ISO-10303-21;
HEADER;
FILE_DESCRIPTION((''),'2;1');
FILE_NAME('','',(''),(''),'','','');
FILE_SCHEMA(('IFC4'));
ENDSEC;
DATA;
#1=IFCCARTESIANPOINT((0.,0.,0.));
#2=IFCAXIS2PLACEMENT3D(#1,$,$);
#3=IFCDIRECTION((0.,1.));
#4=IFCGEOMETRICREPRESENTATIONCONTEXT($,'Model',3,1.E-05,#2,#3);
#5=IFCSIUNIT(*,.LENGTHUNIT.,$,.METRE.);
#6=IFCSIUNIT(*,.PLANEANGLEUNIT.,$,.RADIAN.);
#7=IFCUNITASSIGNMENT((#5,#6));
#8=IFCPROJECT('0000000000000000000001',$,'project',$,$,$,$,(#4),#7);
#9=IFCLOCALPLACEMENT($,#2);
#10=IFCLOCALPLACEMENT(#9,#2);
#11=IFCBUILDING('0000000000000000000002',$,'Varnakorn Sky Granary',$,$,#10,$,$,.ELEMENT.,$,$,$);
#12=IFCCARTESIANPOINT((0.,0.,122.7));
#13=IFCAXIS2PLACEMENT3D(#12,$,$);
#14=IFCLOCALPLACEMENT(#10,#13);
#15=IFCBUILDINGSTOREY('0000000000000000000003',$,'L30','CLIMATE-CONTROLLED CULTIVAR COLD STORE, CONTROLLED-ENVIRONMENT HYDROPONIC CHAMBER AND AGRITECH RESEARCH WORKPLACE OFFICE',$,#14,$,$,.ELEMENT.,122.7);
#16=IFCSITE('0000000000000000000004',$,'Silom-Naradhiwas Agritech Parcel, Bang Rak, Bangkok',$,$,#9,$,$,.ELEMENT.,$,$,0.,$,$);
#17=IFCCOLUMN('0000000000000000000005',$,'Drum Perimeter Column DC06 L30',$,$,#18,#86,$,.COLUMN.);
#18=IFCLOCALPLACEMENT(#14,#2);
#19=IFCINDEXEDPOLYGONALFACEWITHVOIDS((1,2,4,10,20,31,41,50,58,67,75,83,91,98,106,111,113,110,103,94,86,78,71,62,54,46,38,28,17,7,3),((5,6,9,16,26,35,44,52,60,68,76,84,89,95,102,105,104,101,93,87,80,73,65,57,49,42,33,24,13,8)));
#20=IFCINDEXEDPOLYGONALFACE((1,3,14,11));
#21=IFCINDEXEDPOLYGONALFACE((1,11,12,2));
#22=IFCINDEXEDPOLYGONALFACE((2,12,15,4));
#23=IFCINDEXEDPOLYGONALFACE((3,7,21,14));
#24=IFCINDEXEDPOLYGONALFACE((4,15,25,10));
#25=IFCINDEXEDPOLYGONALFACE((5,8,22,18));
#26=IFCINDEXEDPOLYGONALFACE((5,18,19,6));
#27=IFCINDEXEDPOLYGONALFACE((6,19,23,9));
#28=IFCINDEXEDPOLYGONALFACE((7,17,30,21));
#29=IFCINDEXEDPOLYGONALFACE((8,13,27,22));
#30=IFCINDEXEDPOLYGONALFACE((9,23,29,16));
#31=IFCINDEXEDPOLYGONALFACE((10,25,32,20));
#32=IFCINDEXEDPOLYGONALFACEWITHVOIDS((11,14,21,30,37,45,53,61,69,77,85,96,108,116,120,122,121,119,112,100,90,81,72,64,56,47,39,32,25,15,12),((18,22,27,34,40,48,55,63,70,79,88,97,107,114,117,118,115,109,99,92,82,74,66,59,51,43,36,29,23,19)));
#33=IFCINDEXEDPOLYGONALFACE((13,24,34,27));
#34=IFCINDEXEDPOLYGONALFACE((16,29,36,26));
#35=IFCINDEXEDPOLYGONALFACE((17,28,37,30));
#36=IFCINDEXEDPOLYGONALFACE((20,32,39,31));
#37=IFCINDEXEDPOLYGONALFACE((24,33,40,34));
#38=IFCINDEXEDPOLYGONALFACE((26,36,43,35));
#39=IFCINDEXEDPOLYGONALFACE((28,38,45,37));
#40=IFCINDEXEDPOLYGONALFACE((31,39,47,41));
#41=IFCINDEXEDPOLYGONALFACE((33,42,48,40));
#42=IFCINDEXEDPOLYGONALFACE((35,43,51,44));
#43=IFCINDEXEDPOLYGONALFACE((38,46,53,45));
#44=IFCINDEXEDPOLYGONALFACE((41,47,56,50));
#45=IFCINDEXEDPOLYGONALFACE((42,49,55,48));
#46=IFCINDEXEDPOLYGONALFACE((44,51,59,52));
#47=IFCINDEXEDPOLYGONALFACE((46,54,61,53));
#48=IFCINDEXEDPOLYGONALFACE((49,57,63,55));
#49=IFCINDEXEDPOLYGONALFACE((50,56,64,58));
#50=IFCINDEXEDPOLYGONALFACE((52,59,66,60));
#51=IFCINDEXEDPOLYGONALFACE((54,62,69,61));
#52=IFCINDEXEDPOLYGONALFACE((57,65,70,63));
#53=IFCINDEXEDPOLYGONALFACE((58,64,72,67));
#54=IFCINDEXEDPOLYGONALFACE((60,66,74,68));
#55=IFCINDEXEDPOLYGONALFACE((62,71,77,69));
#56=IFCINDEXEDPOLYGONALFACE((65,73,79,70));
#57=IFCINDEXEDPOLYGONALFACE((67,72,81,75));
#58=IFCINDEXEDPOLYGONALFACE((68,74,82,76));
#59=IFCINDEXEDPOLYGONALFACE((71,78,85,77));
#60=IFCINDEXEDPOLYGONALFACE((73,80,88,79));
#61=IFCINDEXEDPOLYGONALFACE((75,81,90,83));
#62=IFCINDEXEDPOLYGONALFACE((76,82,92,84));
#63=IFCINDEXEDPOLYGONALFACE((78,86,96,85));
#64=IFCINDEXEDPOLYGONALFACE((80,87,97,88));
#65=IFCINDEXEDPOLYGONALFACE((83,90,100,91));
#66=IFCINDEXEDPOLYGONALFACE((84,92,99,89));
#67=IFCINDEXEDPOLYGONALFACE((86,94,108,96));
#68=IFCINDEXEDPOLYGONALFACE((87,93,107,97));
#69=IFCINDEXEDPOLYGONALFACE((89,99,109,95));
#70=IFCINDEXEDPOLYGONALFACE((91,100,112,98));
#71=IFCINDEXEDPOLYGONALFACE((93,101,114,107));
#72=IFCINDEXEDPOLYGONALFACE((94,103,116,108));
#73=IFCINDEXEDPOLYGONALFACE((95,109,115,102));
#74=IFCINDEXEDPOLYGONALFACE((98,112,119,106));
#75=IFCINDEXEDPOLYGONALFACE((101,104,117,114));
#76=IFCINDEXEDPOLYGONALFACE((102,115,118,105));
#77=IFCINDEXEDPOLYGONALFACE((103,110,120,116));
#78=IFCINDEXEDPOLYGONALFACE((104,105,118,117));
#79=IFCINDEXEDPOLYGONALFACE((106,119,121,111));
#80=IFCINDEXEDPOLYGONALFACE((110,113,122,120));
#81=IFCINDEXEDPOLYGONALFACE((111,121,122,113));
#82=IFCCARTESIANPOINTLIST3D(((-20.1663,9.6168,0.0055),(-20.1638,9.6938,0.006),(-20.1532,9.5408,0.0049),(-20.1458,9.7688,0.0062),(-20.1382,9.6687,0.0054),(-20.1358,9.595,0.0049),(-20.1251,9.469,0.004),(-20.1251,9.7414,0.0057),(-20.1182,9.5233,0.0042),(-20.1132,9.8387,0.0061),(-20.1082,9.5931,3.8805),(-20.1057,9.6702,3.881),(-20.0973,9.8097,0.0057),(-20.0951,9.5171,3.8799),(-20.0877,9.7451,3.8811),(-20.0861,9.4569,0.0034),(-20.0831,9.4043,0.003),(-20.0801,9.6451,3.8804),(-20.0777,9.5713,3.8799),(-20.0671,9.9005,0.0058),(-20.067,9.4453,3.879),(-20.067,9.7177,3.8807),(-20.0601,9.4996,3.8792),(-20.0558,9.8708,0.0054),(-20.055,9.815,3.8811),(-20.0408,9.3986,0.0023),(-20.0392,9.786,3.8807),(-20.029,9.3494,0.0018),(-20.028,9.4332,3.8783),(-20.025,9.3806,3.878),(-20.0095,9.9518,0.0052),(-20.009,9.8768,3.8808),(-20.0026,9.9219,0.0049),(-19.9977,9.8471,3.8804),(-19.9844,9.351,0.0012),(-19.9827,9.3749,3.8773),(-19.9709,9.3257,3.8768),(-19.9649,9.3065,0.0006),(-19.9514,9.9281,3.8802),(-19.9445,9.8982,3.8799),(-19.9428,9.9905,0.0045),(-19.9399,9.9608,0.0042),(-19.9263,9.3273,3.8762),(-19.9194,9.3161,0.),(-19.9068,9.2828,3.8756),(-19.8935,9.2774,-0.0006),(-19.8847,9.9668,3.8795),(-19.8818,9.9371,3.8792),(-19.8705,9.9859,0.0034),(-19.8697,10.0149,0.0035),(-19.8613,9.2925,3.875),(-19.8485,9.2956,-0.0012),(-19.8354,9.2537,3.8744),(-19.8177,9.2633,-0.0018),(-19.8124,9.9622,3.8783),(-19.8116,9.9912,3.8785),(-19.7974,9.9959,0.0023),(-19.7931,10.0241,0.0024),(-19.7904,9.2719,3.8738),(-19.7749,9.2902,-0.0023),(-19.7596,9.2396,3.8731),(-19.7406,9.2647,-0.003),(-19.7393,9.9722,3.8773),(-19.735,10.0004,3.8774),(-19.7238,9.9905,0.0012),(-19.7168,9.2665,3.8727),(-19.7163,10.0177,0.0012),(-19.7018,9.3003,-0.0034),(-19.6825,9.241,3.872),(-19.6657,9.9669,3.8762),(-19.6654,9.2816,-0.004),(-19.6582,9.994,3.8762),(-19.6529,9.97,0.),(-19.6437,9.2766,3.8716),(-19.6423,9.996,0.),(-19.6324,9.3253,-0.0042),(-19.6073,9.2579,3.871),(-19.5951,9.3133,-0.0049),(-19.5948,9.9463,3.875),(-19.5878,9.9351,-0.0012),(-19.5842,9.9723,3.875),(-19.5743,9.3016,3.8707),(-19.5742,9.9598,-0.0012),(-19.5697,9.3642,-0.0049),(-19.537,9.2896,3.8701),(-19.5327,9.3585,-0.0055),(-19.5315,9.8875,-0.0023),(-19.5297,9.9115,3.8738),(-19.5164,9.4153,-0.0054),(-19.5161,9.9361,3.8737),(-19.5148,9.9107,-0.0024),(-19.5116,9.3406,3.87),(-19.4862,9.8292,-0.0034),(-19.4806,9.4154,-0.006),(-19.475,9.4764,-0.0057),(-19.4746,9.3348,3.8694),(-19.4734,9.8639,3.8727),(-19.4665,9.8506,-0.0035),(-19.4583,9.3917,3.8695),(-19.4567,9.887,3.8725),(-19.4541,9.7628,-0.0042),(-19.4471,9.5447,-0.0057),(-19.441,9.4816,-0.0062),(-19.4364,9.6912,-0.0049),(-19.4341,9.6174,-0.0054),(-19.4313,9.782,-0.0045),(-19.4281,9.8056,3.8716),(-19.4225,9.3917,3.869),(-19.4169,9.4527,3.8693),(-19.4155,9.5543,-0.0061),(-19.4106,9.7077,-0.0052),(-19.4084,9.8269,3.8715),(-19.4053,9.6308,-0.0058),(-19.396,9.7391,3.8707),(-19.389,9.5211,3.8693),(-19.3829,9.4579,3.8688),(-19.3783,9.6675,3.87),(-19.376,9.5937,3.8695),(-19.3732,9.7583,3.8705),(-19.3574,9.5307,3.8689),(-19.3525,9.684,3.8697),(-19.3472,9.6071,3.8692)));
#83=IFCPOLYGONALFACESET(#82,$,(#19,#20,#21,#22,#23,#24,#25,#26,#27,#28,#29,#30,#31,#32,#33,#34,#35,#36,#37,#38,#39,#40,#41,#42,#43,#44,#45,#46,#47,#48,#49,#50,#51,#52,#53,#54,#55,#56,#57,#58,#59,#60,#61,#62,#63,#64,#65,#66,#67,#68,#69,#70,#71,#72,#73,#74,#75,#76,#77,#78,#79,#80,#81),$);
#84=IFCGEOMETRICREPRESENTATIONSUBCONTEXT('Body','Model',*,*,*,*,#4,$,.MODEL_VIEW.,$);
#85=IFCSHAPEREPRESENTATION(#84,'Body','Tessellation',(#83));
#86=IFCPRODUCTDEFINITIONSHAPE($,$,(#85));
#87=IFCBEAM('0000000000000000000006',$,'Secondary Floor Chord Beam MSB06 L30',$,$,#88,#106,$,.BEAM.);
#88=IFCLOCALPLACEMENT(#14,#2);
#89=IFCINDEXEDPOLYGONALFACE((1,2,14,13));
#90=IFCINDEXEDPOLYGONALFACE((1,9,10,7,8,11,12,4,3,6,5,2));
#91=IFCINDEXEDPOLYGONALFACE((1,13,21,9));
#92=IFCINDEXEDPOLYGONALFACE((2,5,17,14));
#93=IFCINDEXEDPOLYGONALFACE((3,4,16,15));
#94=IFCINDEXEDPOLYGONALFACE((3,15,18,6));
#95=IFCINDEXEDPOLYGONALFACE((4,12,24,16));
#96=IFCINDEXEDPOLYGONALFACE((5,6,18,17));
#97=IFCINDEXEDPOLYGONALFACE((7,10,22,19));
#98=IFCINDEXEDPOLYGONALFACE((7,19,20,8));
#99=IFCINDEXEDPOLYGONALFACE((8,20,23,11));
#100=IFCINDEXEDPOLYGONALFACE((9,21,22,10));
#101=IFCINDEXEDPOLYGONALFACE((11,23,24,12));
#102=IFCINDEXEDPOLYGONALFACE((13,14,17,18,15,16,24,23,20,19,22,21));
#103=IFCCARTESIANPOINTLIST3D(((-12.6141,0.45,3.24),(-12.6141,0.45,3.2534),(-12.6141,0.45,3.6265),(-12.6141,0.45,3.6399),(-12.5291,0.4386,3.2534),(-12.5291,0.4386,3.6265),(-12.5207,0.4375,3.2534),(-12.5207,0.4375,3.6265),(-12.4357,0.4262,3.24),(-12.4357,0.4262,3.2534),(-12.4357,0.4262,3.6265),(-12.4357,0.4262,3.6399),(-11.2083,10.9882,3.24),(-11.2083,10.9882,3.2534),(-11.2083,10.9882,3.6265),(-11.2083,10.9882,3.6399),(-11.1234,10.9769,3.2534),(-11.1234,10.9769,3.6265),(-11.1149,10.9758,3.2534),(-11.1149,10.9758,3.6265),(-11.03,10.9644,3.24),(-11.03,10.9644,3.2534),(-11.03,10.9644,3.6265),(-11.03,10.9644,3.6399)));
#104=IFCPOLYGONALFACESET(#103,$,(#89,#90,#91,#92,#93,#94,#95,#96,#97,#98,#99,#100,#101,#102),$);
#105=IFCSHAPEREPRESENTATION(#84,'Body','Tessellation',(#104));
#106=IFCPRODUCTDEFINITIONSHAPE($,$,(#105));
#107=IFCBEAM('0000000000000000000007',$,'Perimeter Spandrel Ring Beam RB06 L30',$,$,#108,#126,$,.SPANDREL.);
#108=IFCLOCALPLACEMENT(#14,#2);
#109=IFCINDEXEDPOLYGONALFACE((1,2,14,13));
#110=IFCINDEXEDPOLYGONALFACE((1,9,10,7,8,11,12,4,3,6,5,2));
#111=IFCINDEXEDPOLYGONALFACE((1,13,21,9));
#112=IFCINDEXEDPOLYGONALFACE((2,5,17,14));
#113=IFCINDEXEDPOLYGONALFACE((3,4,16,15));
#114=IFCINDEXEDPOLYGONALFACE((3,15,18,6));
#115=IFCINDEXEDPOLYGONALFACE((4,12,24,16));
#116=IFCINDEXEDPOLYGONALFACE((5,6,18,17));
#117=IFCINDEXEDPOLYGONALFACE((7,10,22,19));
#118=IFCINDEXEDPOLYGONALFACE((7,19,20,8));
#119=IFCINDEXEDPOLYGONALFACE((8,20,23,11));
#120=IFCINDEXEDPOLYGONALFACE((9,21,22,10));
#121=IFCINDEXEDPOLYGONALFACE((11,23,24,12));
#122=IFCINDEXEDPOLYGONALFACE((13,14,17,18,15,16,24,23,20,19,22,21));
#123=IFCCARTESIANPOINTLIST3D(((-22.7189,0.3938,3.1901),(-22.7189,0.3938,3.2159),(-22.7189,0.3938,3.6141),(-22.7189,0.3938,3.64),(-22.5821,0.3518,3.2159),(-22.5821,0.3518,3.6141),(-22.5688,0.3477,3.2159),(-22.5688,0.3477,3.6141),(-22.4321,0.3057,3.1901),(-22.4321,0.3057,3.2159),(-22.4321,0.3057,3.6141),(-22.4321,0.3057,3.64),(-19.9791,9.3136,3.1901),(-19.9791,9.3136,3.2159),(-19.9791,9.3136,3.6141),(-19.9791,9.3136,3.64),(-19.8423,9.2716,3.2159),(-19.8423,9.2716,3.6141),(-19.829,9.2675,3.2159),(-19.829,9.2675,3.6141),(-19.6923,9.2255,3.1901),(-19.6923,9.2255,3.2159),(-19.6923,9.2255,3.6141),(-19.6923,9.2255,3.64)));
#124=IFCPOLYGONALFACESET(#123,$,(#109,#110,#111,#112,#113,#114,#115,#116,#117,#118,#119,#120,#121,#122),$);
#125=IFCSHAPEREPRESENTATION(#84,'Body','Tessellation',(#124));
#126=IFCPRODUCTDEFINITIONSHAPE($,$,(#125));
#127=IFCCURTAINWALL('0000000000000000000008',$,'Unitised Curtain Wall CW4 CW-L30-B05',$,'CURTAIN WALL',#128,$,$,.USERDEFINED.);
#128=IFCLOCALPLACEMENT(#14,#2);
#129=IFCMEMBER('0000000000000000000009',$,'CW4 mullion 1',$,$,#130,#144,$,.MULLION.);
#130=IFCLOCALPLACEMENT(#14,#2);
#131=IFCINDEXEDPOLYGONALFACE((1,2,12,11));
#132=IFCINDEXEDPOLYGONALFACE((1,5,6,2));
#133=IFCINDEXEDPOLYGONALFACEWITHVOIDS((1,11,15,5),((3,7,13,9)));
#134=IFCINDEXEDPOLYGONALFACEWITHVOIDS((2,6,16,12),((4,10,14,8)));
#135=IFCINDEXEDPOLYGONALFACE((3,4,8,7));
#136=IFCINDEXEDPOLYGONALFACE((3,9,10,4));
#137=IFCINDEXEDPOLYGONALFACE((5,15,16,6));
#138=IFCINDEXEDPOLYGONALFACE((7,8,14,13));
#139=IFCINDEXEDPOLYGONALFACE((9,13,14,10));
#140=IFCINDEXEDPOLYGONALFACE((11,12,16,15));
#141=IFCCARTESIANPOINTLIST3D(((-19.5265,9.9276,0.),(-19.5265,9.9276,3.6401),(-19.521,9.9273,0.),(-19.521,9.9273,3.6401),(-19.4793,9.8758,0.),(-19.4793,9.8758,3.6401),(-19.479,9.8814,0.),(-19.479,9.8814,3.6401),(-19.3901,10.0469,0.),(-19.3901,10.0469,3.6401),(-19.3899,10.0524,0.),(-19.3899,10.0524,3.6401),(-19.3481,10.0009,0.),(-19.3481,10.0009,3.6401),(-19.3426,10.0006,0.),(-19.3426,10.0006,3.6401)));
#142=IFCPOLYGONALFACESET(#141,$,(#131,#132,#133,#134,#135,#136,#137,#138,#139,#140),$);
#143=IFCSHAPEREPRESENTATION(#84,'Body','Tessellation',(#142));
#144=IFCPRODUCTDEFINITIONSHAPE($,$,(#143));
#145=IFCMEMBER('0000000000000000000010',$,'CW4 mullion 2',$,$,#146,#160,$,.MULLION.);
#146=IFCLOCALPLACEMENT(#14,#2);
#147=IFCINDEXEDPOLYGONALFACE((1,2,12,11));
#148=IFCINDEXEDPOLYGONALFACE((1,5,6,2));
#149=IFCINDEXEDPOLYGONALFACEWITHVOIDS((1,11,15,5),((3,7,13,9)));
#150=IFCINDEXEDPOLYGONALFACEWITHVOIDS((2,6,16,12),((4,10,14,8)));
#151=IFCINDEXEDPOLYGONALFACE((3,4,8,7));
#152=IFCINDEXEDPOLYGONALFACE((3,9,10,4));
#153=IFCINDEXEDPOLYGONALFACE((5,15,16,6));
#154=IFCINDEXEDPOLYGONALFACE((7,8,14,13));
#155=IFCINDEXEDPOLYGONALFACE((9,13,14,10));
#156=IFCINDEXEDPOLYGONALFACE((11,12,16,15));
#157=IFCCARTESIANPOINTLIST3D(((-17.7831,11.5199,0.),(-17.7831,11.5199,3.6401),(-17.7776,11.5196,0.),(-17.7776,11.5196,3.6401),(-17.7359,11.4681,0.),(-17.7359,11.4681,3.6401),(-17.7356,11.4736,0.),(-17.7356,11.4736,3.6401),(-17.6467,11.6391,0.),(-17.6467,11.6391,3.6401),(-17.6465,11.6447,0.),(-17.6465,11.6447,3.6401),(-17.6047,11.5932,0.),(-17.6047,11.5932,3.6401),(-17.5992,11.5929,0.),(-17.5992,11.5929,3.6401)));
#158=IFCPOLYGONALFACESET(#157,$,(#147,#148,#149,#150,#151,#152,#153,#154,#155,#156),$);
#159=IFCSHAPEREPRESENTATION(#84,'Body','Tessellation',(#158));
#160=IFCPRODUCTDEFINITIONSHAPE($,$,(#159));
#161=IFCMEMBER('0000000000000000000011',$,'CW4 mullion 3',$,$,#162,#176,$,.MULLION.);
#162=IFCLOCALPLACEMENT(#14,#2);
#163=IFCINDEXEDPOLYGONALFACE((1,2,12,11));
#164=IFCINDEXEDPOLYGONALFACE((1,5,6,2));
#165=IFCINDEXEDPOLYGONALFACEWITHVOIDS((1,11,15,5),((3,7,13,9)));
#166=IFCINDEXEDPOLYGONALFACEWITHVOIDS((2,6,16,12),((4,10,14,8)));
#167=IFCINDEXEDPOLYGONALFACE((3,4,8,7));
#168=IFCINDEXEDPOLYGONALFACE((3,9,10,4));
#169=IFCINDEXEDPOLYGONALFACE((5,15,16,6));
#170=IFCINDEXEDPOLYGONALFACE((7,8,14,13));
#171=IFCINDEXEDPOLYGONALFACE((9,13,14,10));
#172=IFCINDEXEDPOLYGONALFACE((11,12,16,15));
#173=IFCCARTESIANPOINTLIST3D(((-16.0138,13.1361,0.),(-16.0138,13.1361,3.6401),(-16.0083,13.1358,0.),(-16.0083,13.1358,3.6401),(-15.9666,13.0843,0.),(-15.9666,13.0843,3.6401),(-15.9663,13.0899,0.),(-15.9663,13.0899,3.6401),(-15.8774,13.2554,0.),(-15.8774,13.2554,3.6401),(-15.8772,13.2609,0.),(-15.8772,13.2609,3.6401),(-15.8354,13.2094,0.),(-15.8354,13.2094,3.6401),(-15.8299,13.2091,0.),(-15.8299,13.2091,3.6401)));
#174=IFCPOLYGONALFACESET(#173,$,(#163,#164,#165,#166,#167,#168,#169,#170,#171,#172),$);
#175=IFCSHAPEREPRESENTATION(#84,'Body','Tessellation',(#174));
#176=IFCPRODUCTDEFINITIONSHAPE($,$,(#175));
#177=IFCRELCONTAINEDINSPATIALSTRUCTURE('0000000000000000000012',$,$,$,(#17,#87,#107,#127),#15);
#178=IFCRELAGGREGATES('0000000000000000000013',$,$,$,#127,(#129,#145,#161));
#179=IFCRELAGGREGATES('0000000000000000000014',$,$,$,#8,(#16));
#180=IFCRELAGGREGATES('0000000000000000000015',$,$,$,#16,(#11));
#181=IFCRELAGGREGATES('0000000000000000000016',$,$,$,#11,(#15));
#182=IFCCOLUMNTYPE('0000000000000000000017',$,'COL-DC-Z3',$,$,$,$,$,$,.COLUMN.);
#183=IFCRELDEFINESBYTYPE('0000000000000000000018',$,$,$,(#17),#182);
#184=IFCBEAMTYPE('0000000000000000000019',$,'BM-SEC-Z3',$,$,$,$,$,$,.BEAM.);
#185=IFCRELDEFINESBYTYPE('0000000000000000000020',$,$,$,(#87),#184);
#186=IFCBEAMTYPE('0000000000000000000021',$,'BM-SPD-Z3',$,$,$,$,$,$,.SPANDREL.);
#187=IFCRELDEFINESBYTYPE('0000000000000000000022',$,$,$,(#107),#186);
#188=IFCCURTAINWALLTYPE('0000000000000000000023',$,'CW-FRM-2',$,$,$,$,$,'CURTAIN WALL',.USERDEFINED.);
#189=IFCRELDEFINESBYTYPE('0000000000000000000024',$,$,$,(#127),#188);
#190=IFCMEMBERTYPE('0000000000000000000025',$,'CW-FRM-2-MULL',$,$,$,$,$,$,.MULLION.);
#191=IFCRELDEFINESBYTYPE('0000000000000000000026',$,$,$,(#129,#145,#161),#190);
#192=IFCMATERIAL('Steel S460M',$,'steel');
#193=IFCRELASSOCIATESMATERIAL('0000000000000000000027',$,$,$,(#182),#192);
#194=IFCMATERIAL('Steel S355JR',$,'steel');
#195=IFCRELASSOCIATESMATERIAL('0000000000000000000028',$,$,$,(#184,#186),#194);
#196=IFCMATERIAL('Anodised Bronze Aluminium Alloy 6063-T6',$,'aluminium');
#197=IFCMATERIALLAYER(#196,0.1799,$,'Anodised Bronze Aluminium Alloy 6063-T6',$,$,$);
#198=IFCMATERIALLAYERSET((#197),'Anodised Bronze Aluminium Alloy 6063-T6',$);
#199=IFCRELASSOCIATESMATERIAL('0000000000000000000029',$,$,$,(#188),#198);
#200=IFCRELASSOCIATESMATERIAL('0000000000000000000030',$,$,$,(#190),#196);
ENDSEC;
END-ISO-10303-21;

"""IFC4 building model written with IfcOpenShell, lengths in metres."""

from ifc_helpers import new_model, si_unit, direction, frame, origin, origin_2d, place, context, subcontext, project, spatial, hollow_rectangle, hollow_circle, i_section, extrude, material, layer, layer_set, material_profile, profile_set, type_object, element, aggregate, save


model = new_model("IFC4")

# Units and contexts
model_context = context("Model", 3, precision=1e-05, world=origin(), true_north=direction((0.0, 1.0)))
body_context = subcontext(model_context, "Body", "Model", "MODEL_VIEW")
ifc_project = project(units=[si_unit("LENGTHUNIT", "METRE"), si_unit("PLANEANGLEUNIT", "RADIAN")], contexts=[model_context])

# Site, building, storey
site_placement = place(None, origin())
site = spatial("IfcSite", under=ifc_project, at=site_placement, Name="Silom-Naradhiwas Agritech Parcel, Bang Rak, Bangkok", CompositionType="ELEMENT", RefElevation=0.0)
building_placement = place(site_placement, origin())
building = spatial("IfcBuilding", under=site, at=building_placement, Name="Varnakorn Sky Granary", CompositionType="ELEMENT")
storey_placement = place(building_placement, frame((0.0, 0.0, 122.7)))
storey = spatial("IfcBuildingStorey", under=building, at=storey_placement, Name="L30", Description="CLIMATE-CONTROLLED CULTIVAR COLD STORE, CONTROLLED-ENVIRONMENT HYDROPONIC CHAMBER AND AGRITECH RESEARCH WORKPLACE OFFICE", CompositionType="ELEMENT", Elevation=122.7)

# Column
ifc_material_1 = material(Name="Steel S460M", Category="steel")
ifc_material_profile_1 = material_profile(ifc_material_1, hollow_circle(Radius=0.3811, WallThickness=0.0281, at=origin_2d()), Name="CHS 762x28")
ifc_profile_set_1 = profile_set([ifc_material_profile_1], Name="Steel S460M")
column_type = type_object("IfcColumnType", Name="COL-DC-Z3", PredefinedType="COLUMN", material=ifc_profile_set_1)
column_placement = place(storey_placement, frame((-19.7861, 9.6431, 0.0), z_axis=(0.014993, -0.006111, 0.999869), x_axis=(0.37742, 0.926042, 0.0)))
element("IfcColumn", 1, at=column_placement, inside=storey, type_object=column_type, Name="Drum Perimeter Column DC06 L30", PredefinedType="COLUMN", context=body_context, shape_type="SweptSolid", body=[
    extrude(hollow_circle(Radius=0.3811, WallThickness=0.0281, at=origin_2d()), origin(), (0.0, 0.0, 1.0), 3.8755),
])

# Beams
ifc_material_2 = material(Name="Steel S355JR", Category="steel")
ifc_material_profile_2 = material_profile(ifc_material_2, i_section(OverallWidth=0.1799, OverallDepth=0.3999, WebThickness=0.0085, FlangeThickness=0.0134, at=origin_2d()), Name="IPE 400")
ifc_profile_set_2 = profile_set([ifc_material_profile_2], Name="Steel S355JR")
beam_type_1 = type_object("IfcBeamType", Name="BM-SEC-Z3", PredefinedType="BEAM", material=ifc_profile_set_2)
beam_1_placement = place(storey_placement, frame((-11.1191, 10.9763, 3.4399), z_axis=(-0.132224, -0.99122, 0.0), x_axis=(0.99122, -0.132224, 0.0)))
element("IfcBeam", 2, at=beam_1_placement, inside=storey, type_object=beam_type_1, Name="Secondary Floor Chord Beam MSB06 L30", PredefinedType="BEAM", context=body_context, shape_type="SweptSolid", body=[
    extrude(i_section(OverallWidth=0.1799, OverallDepth=0.3999, WebThickness=0.0085, FlangeThickness=0.0134, at=origin_2d()), origin(), (0.0, 0.0, 1.0), 10.6316),
])
ifc_material_profile_3 = material_profile(ifc_material_2, i_section(OverallWidth=0.3, OverallDepth=0.45, WebThickness=0.0139, FlangeThickness=0.0259, at=origin_2d()), Name="HE 450 B")
ifc_profile_set_3 = profile_set([ifc_material_profile_3], Name="Steel S355JR")
beam_type_2 = type_object("IfcBeamType", Name="BM-SPD-Z3", PredefinedType="SPANDREL", material=ifc_profile_set_3)
beam_2_placement = place(storey_placement, frame((-19.8357, 9.2695, 3.415), z_axis=(-0.293619, -0.955923, 0.0), x_axis=(0.955923, -0.293619, 0.0)))
element("IfcBeam", 3, at=beam_2_placement, inside=storey, type_object=beam_type_2, Name="Perimeter Spandrel Ring Beam RB06 L30", PredefinedType="SPANDREL", context=body_context, shape_type="SweptSolid", body=[
    extrude(i_section(OverallWidth=0.3, OverallDepth=0.45, WebThickness=0.0139, FlangeThickness=0.0259, at=origin_2d()), origin(), (0.0, 0.0, 1.0), 9.3311),
])

# Curtain wall, members
ifc_material_3 = material(Name="Anodised Bronze Aluminium Alloy 6063-T6", Category="aluminium")
ifc_layer_1 = layer(ifc_material_3, 0.1799, Name="Anodised Bronze Aluminium Alloy 6063-T6")
ifc_layer_set_1 = layer_set([ifc_layer_1], Name="Anodised Bronze Aluminium Alloy 6063-T6")
curtain_wall_type = type_object("IfcCurtainWallType", Name="CW-FRM-2", ElementType="CURTAIN WALL", PredefinedType="USERDEFINED", material=ifc_layer_set_1)
curtain_wall_placement = place(storey_placement, origin())
curtain_wall = element("IfcCurtainWall", 4, at=curtain_wall_placement, inside=storey, type_object=curtain_wall_type, Name="Unitised Curtain Wall CW4 CW-L30-B05", ObjectType="CURTAIN WALL", PredefinedType="USERDEFINED")
ifc_material_profile_4 = material_profile(ifc_material_3, hollow_rectangle(XDim=0.0701, YDim=0.1851, WallThickness=0.0039, at=origin_2d()), Name="ALU MULL 70x185")
ifc_profile_set_4 = profile_set([ifc_material_profile_4], Name="Anodised Bronze Aluminium Alloy 6063-T6")
member_type_1 = type_object("IfcMemberType", Name="CW-FRM-2-MULL", PredefinedType="MULLION", material=ifc_profile_set_4)
member_1_placement = place(storey_placement, frame((-19.4346, 9.9641, 0.0), z_axis=(0.0, 0.0, 1.0), x_axis=(-0.674407, 0.738359, 0.0)))
member_1 = element("IfcMember", 5, at=member_1_placement, type_object=member_type_1, Name="CW4 mullion 1", PredefinedType="MULLION", context=body_context, shape_type="SweptSolid", body=[
    extrude(hollow_rectangle(XDim=0.0701, YDim=0.1851, WallThickness=0.0039, at=origin_2d()), origin(), (0.0, 0.0, 1.0), 3.6401),
])
member_2_placement = place(storey_placement, frame((-17.6912, 11.5564, 0.0), z_axis=(0.0, 0.0, 1.0), x_axis=(-0.674407, 0.738359, 0.0)))
member_2 = element("IfcMember", 6, at=member_2_placement, type_object=member_type_1, Name="CW4 mullion 2", PredefinedType="MULLION", context=body_context, shape_type="SweptSolid", body=[
    extrude(hollow_rectangle(XDim=0.0701, YDim=0.1851, WallThickness=0.0039, at=origin_2d()), origin(), (0.0, 0.0, 1.0), 3.6401),
])
member_3_placement = place(storey_placement, frame((-15.9219, 13.1726, 0.0), z_axis=(0.0, 0.0, 1.0), x_axis=(-0.674407, 0.738359, 0.0)))
member_3 = element("IfcMember", 7, at=member_3_placement, type_object=member_type_1, Name="CW4 mullion 3", PredefinedType="MULLION", context=body_context, shape_type="SweptSolid", body=[
    extrude(hollow_rectangle(XDim=0.0701, YDim=0.1851, WallThickness=0.0039, at=origin_2d()), origin(), (0.0, 0.0, 1.0), 3.6401),
])
aggregate(curtain_wall, [member_1, member_2, member_3])

save(model, "model.ifc")
